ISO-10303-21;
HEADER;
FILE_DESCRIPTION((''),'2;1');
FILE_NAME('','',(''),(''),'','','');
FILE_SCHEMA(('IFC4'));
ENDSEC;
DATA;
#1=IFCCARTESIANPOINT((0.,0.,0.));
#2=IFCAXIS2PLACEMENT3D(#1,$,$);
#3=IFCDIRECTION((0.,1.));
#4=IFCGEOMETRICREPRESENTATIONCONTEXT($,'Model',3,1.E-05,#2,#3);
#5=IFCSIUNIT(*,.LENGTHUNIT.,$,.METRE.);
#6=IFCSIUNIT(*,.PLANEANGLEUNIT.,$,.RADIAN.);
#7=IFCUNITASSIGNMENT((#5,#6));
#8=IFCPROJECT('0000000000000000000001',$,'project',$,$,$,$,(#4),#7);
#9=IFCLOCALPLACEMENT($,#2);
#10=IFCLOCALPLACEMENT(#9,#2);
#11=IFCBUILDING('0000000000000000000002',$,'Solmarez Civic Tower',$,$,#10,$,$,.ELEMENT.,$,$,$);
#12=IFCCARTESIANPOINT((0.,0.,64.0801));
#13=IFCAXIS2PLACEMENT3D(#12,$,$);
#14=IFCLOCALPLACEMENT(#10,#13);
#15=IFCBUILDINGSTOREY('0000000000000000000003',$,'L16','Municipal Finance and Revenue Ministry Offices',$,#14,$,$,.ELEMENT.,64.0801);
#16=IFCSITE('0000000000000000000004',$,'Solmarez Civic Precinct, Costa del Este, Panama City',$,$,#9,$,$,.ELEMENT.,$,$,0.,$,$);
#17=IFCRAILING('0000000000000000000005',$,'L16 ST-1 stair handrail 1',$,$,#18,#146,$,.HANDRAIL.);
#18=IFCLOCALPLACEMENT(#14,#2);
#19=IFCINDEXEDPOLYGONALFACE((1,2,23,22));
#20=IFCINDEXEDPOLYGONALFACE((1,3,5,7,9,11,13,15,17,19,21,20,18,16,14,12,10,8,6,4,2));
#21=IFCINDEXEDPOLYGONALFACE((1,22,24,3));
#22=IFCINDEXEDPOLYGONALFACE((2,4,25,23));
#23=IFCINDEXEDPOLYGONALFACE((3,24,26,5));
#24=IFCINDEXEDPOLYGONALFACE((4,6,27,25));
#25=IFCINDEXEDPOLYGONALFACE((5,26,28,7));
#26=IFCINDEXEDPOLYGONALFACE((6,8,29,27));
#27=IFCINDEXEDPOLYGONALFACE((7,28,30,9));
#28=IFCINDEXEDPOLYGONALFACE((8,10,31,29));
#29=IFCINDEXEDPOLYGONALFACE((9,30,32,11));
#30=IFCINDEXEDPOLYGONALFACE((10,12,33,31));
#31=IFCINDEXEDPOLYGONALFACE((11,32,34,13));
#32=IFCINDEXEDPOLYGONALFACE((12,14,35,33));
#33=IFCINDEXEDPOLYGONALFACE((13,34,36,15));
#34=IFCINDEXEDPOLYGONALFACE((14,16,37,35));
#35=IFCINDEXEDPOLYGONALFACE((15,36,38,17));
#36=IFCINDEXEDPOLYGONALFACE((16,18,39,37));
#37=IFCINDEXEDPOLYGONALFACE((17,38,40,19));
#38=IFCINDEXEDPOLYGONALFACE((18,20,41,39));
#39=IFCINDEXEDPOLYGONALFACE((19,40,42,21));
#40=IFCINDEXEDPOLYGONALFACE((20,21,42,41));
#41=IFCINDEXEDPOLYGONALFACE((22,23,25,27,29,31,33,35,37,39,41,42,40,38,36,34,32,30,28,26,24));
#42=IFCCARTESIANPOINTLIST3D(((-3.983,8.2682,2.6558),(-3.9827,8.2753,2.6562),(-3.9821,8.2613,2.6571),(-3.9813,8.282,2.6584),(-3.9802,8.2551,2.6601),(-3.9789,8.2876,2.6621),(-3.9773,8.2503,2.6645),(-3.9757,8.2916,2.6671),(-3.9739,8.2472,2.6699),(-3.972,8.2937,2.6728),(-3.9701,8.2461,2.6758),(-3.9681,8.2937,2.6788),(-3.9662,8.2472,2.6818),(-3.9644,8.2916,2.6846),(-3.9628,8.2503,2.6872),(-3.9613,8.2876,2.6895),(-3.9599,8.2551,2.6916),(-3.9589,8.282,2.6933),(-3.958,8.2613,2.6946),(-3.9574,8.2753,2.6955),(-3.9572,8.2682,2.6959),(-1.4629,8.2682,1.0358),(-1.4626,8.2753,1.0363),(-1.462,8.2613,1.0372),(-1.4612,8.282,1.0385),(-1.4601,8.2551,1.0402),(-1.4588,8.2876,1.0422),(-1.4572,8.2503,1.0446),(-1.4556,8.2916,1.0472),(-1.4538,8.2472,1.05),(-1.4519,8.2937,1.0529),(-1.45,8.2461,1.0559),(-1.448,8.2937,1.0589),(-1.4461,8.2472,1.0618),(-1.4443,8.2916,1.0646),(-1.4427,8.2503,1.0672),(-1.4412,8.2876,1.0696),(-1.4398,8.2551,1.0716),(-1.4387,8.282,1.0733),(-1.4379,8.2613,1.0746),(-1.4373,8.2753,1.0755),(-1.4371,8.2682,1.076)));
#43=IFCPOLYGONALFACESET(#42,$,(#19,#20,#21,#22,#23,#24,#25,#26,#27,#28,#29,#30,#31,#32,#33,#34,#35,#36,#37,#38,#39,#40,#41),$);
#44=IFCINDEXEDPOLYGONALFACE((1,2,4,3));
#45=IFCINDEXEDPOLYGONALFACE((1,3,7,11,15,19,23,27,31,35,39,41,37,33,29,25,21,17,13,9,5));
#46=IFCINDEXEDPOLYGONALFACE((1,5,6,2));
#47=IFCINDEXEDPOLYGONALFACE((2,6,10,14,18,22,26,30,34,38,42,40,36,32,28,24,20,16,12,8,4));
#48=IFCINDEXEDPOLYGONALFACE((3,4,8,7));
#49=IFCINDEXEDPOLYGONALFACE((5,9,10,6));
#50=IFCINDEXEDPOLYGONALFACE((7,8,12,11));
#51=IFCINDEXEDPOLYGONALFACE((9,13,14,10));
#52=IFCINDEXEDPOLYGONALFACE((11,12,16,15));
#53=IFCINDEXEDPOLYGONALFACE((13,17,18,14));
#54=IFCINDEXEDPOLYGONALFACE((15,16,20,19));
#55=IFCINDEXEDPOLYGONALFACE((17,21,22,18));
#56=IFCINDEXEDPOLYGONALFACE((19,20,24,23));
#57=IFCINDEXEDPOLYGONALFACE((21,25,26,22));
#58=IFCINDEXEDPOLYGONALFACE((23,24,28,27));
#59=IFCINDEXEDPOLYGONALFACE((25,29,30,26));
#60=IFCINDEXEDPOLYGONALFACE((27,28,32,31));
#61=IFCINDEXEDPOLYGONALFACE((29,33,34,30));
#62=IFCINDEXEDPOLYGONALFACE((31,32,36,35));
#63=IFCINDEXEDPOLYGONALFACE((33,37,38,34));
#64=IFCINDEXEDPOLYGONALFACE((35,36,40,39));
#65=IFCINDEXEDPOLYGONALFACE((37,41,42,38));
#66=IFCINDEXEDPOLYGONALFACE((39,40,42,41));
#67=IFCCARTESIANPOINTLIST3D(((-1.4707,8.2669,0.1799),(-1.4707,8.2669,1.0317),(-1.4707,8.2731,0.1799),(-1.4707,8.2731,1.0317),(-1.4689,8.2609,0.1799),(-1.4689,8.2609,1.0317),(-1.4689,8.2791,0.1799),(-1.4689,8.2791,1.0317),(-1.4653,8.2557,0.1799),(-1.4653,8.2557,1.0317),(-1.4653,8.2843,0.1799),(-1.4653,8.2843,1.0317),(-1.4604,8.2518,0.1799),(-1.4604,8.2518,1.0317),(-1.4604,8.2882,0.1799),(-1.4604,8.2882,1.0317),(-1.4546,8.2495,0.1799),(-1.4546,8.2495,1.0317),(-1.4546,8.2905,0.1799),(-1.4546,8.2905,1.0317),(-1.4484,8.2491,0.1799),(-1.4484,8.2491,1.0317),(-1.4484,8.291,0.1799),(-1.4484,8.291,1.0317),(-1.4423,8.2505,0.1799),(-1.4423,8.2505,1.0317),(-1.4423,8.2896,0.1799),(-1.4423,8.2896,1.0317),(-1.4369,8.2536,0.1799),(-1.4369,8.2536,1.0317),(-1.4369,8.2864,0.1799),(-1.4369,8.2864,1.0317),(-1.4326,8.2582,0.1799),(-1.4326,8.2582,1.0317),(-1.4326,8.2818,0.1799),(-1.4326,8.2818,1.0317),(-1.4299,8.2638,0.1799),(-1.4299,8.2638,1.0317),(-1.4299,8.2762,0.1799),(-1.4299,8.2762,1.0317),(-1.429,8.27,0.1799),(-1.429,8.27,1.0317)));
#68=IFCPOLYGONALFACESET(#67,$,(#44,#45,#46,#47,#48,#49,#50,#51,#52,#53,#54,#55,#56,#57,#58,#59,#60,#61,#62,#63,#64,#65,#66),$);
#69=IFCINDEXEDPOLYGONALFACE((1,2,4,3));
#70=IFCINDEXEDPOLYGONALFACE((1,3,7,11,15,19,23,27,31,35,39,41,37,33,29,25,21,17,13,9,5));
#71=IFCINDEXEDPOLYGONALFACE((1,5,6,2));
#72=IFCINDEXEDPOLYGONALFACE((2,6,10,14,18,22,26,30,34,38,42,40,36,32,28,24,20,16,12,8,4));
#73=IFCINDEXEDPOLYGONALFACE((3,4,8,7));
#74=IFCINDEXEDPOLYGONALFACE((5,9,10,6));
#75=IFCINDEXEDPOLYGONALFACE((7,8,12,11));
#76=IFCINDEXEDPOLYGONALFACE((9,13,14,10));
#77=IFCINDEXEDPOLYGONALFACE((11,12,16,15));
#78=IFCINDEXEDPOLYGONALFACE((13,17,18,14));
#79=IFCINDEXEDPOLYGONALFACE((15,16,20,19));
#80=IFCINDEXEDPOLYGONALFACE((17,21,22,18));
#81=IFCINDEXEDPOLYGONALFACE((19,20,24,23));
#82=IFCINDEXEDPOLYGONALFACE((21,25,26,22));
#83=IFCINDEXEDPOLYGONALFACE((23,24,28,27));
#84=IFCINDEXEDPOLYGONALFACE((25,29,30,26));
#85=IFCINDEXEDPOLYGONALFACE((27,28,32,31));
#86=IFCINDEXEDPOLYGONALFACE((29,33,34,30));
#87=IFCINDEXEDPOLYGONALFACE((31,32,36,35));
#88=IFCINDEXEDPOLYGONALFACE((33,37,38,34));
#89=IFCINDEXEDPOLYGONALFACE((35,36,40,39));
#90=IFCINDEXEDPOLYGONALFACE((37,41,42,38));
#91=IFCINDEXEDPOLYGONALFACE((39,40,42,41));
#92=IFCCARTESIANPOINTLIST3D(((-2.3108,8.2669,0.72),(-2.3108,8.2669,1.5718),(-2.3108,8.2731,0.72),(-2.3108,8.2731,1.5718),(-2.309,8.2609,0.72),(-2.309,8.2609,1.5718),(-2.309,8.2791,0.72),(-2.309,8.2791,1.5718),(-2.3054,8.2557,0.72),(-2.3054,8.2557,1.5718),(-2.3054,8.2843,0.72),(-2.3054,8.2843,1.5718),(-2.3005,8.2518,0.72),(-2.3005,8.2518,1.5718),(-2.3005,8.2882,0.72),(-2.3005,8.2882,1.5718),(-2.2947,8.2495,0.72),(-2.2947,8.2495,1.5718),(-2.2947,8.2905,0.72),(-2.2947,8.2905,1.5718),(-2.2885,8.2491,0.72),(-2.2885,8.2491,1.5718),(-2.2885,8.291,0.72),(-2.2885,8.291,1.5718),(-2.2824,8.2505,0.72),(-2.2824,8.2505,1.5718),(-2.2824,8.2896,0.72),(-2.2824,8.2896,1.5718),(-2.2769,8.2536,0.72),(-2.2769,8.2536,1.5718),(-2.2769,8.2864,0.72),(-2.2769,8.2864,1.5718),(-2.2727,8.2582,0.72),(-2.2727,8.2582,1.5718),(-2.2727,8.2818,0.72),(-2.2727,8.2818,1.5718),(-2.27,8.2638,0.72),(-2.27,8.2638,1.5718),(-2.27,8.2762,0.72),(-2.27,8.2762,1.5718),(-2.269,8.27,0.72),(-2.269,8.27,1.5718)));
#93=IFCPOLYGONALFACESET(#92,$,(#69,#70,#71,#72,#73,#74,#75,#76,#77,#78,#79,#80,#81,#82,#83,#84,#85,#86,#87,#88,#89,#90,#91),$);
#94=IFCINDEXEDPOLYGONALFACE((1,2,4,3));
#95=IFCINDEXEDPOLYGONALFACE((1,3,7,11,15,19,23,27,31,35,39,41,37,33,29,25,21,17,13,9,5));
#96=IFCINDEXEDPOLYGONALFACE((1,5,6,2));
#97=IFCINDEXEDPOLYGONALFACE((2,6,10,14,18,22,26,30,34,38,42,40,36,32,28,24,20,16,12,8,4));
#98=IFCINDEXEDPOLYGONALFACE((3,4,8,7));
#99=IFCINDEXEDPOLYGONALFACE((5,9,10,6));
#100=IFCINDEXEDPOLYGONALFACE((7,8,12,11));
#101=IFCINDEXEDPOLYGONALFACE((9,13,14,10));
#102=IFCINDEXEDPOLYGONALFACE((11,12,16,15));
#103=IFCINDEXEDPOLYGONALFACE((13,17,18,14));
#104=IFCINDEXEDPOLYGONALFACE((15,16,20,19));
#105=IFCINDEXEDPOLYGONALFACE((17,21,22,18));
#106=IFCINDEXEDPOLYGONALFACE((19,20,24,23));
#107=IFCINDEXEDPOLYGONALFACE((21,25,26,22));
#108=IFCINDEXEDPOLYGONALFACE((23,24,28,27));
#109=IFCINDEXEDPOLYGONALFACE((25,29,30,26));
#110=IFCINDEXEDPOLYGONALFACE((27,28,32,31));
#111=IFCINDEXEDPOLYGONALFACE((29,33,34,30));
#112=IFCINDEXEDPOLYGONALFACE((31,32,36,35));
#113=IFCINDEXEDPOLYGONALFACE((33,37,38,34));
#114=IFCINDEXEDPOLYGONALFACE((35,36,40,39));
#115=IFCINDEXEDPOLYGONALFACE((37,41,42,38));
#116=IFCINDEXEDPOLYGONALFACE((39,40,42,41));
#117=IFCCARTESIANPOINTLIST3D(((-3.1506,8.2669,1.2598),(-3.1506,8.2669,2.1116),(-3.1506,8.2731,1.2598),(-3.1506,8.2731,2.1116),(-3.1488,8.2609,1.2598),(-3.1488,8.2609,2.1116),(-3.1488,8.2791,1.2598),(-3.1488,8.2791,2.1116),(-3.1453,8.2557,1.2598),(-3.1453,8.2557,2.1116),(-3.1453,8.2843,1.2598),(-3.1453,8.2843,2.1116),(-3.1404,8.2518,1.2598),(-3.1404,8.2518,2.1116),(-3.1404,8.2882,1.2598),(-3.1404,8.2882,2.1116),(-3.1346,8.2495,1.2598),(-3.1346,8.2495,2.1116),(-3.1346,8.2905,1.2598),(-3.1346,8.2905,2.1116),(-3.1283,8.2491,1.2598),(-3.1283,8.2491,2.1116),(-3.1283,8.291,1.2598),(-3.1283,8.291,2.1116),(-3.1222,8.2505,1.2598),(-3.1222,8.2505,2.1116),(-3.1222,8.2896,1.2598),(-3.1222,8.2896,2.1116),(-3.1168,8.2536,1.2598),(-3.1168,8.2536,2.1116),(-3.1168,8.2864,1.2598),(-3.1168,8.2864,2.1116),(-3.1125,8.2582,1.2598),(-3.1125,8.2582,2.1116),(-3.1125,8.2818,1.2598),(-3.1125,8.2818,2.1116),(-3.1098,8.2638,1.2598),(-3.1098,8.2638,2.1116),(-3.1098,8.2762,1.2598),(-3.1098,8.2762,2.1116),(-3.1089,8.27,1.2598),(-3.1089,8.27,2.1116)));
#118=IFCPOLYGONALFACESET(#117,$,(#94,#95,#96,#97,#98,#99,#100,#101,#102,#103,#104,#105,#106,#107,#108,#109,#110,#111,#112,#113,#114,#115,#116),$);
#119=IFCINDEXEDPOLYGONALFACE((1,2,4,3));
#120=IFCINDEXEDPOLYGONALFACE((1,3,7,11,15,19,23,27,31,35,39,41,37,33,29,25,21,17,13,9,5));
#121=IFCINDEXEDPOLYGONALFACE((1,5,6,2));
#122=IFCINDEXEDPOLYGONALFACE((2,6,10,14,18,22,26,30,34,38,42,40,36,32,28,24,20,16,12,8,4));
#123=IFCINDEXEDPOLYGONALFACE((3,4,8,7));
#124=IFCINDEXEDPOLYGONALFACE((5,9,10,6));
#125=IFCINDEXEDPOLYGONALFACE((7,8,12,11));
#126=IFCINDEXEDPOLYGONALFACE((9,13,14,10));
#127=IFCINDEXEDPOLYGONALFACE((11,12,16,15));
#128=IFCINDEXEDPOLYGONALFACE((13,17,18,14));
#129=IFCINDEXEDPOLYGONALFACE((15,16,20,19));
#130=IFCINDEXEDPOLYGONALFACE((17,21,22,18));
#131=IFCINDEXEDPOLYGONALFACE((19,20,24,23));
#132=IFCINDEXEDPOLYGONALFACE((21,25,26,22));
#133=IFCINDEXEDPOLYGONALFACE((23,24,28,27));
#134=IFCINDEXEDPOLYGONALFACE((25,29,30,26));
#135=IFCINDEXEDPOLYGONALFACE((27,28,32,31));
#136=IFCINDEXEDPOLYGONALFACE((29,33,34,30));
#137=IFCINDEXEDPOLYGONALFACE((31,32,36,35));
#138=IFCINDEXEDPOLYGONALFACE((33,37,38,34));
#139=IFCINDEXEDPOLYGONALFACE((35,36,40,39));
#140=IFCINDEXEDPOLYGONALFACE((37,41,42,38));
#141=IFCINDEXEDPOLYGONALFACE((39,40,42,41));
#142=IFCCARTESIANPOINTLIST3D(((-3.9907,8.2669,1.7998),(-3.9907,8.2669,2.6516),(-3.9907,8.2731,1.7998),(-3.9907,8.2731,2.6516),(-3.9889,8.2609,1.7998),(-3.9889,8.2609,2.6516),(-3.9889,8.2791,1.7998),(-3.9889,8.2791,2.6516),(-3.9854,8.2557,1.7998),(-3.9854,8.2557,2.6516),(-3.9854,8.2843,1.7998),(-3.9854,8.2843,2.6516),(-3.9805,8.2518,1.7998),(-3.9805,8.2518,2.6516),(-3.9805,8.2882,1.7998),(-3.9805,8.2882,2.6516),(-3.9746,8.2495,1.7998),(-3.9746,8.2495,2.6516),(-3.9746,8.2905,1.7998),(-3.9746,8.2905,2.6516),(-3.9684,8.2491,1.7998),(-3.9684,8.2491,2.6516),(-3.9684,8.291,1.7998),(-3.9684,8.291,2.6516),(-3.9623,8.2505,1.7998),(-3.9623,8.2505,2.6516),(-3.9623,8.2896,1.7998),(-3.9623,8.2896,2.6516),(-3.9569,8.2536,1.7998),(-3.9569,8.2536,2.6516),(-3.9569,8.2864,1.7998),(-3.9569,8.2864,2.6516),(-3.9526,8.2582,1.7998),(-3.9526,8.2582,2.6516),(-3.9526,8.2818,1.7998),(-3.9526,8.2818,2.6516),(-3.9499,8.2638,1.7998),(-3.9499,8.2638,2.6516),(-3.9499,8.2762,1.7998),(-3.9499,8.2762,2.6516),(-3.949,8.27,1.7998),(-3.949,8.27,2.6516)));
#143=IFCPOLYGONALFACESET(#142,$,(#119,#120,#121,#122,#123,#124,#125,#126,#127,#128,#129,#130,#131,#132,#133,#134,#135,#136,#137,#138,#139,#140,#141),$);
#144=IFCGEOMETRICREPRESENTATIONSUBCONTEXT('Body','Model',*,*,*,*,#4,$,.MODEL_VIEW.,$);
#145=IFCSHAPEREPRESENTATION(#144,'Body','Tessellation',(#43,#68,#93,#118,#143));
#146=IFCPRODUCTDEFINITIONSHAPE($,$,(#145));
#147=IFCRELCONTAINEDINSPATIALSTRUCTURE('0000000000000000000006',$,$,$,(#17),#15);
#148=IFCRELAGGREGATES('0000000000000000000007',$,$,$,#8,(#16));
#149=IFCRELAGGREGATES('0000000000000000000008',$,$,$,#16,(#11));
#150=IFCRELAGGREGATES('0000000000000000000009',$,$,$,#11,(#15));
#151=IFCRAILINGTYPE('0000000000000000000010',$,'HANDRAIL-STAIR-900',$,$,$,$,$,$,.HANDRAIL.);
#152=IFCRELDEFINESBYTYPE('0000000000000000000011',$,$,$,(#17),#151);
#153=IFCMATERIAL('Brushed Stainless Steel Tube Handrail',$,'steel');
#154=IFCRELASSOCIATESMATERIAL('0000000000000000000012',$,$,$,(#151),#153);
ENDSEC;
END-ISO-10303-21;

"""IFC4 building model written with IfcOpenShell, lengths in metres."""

from ifc_helpers import new_model, si_unit, direction, frame, origin, origin_2d, place, context, subcontext, project, spatial, circle, extrude, material, type_object, element, save


model = new_model("IFC4")

# Units and contexts
model_context = context("Model", 3, precision=1e-05, world=origin(), true_north=direction((0.0, 1.0)))
body_context = subcontext(model_context, "Body", "Model", "MODEL_VIEW")
ifc_project = project(units=[si_unit("LENGTHUNIT", "METRE"), si_unit("PLANEANGLEUNIT", "RADIAN")], contexts=[model_context])

# Site, building, storey
site_placement = place(None, origin())
site = spatial("IfcSite", under=ifc_project, at=site_placement, Name="Solmarez Civic Precinct, Costa del Este, Panama City", CompositionType="ELEMENT", RefElevation=0.0)
building_placement = place(site_placement, origin())
building = spatial("IfcBuilding", under=site, at=building_placement, Name="Solmarez Civic Tower", CompositionType="ELEMENT")
storey_placement = place(building_placement, frame((0.0, 0.0, 64.0801)))
storey = spatial("IfcBuildingStorey", under=building, at=storey_placement, Name="L16", Description="Municipal Finance and Revenue Ministry Offices", CompositionType="ELEMENT", Elevation=64.0801)

# Railing
ifc_material_1 = material(Name="Brushed Stainless Steel Tube Handrail", Category="steel")
railing_type_1 = type_object("IfcRailingType", Name="HANDRAIL-STAIR-900", PredefinedType="HANDRAIL", material=ifc_material_1)
railing_1_placement = place(storey_placement, frame((-1.45, 8.27, 0.1799)))
element("IfcRailing", 1, at=railing_1_placement, inside=storey, type_object=railing_type_1, Name="L16 ST-1 stair handrail 1", PredefinedType="HANDRAIL", context=body_context, shape_type="SweptSolid", body=[
    extrude(circle(Radius=0.0239, at=origin_2d()), frame((0.0, 0.0, 0.876), z_axis=(-0.8412, 0.0, 0.540725), x_axis=(0.0, -1.0, 0.0)), (0.0, 0.0, 1.0), 2.9958),
    extrude(circle(Radius=0.021, at=origin_2d()), origin(), (0.0, 0.0, 1.0), 0.8518),
    extrude(circle(Radius=0.021, at=origin_2d()), frame((-0.8401, 0.0, 0.54)), (0.0, 0.0, 1.0), 0.8518),
    extrude(circle(Radius=0.021, at=origin_2d()), frame((-1.6799, 0.0, 1.0798)), (0.0, 0.0, 1.0), 0.8518),
    extrude(circle(Radius=0.021, at=origin_2d()), frame((-2.52, 0.0, 1.6199)), (0.0, 0.0, 1.0), 0.8518),
])

save(model, "model.ifc")
